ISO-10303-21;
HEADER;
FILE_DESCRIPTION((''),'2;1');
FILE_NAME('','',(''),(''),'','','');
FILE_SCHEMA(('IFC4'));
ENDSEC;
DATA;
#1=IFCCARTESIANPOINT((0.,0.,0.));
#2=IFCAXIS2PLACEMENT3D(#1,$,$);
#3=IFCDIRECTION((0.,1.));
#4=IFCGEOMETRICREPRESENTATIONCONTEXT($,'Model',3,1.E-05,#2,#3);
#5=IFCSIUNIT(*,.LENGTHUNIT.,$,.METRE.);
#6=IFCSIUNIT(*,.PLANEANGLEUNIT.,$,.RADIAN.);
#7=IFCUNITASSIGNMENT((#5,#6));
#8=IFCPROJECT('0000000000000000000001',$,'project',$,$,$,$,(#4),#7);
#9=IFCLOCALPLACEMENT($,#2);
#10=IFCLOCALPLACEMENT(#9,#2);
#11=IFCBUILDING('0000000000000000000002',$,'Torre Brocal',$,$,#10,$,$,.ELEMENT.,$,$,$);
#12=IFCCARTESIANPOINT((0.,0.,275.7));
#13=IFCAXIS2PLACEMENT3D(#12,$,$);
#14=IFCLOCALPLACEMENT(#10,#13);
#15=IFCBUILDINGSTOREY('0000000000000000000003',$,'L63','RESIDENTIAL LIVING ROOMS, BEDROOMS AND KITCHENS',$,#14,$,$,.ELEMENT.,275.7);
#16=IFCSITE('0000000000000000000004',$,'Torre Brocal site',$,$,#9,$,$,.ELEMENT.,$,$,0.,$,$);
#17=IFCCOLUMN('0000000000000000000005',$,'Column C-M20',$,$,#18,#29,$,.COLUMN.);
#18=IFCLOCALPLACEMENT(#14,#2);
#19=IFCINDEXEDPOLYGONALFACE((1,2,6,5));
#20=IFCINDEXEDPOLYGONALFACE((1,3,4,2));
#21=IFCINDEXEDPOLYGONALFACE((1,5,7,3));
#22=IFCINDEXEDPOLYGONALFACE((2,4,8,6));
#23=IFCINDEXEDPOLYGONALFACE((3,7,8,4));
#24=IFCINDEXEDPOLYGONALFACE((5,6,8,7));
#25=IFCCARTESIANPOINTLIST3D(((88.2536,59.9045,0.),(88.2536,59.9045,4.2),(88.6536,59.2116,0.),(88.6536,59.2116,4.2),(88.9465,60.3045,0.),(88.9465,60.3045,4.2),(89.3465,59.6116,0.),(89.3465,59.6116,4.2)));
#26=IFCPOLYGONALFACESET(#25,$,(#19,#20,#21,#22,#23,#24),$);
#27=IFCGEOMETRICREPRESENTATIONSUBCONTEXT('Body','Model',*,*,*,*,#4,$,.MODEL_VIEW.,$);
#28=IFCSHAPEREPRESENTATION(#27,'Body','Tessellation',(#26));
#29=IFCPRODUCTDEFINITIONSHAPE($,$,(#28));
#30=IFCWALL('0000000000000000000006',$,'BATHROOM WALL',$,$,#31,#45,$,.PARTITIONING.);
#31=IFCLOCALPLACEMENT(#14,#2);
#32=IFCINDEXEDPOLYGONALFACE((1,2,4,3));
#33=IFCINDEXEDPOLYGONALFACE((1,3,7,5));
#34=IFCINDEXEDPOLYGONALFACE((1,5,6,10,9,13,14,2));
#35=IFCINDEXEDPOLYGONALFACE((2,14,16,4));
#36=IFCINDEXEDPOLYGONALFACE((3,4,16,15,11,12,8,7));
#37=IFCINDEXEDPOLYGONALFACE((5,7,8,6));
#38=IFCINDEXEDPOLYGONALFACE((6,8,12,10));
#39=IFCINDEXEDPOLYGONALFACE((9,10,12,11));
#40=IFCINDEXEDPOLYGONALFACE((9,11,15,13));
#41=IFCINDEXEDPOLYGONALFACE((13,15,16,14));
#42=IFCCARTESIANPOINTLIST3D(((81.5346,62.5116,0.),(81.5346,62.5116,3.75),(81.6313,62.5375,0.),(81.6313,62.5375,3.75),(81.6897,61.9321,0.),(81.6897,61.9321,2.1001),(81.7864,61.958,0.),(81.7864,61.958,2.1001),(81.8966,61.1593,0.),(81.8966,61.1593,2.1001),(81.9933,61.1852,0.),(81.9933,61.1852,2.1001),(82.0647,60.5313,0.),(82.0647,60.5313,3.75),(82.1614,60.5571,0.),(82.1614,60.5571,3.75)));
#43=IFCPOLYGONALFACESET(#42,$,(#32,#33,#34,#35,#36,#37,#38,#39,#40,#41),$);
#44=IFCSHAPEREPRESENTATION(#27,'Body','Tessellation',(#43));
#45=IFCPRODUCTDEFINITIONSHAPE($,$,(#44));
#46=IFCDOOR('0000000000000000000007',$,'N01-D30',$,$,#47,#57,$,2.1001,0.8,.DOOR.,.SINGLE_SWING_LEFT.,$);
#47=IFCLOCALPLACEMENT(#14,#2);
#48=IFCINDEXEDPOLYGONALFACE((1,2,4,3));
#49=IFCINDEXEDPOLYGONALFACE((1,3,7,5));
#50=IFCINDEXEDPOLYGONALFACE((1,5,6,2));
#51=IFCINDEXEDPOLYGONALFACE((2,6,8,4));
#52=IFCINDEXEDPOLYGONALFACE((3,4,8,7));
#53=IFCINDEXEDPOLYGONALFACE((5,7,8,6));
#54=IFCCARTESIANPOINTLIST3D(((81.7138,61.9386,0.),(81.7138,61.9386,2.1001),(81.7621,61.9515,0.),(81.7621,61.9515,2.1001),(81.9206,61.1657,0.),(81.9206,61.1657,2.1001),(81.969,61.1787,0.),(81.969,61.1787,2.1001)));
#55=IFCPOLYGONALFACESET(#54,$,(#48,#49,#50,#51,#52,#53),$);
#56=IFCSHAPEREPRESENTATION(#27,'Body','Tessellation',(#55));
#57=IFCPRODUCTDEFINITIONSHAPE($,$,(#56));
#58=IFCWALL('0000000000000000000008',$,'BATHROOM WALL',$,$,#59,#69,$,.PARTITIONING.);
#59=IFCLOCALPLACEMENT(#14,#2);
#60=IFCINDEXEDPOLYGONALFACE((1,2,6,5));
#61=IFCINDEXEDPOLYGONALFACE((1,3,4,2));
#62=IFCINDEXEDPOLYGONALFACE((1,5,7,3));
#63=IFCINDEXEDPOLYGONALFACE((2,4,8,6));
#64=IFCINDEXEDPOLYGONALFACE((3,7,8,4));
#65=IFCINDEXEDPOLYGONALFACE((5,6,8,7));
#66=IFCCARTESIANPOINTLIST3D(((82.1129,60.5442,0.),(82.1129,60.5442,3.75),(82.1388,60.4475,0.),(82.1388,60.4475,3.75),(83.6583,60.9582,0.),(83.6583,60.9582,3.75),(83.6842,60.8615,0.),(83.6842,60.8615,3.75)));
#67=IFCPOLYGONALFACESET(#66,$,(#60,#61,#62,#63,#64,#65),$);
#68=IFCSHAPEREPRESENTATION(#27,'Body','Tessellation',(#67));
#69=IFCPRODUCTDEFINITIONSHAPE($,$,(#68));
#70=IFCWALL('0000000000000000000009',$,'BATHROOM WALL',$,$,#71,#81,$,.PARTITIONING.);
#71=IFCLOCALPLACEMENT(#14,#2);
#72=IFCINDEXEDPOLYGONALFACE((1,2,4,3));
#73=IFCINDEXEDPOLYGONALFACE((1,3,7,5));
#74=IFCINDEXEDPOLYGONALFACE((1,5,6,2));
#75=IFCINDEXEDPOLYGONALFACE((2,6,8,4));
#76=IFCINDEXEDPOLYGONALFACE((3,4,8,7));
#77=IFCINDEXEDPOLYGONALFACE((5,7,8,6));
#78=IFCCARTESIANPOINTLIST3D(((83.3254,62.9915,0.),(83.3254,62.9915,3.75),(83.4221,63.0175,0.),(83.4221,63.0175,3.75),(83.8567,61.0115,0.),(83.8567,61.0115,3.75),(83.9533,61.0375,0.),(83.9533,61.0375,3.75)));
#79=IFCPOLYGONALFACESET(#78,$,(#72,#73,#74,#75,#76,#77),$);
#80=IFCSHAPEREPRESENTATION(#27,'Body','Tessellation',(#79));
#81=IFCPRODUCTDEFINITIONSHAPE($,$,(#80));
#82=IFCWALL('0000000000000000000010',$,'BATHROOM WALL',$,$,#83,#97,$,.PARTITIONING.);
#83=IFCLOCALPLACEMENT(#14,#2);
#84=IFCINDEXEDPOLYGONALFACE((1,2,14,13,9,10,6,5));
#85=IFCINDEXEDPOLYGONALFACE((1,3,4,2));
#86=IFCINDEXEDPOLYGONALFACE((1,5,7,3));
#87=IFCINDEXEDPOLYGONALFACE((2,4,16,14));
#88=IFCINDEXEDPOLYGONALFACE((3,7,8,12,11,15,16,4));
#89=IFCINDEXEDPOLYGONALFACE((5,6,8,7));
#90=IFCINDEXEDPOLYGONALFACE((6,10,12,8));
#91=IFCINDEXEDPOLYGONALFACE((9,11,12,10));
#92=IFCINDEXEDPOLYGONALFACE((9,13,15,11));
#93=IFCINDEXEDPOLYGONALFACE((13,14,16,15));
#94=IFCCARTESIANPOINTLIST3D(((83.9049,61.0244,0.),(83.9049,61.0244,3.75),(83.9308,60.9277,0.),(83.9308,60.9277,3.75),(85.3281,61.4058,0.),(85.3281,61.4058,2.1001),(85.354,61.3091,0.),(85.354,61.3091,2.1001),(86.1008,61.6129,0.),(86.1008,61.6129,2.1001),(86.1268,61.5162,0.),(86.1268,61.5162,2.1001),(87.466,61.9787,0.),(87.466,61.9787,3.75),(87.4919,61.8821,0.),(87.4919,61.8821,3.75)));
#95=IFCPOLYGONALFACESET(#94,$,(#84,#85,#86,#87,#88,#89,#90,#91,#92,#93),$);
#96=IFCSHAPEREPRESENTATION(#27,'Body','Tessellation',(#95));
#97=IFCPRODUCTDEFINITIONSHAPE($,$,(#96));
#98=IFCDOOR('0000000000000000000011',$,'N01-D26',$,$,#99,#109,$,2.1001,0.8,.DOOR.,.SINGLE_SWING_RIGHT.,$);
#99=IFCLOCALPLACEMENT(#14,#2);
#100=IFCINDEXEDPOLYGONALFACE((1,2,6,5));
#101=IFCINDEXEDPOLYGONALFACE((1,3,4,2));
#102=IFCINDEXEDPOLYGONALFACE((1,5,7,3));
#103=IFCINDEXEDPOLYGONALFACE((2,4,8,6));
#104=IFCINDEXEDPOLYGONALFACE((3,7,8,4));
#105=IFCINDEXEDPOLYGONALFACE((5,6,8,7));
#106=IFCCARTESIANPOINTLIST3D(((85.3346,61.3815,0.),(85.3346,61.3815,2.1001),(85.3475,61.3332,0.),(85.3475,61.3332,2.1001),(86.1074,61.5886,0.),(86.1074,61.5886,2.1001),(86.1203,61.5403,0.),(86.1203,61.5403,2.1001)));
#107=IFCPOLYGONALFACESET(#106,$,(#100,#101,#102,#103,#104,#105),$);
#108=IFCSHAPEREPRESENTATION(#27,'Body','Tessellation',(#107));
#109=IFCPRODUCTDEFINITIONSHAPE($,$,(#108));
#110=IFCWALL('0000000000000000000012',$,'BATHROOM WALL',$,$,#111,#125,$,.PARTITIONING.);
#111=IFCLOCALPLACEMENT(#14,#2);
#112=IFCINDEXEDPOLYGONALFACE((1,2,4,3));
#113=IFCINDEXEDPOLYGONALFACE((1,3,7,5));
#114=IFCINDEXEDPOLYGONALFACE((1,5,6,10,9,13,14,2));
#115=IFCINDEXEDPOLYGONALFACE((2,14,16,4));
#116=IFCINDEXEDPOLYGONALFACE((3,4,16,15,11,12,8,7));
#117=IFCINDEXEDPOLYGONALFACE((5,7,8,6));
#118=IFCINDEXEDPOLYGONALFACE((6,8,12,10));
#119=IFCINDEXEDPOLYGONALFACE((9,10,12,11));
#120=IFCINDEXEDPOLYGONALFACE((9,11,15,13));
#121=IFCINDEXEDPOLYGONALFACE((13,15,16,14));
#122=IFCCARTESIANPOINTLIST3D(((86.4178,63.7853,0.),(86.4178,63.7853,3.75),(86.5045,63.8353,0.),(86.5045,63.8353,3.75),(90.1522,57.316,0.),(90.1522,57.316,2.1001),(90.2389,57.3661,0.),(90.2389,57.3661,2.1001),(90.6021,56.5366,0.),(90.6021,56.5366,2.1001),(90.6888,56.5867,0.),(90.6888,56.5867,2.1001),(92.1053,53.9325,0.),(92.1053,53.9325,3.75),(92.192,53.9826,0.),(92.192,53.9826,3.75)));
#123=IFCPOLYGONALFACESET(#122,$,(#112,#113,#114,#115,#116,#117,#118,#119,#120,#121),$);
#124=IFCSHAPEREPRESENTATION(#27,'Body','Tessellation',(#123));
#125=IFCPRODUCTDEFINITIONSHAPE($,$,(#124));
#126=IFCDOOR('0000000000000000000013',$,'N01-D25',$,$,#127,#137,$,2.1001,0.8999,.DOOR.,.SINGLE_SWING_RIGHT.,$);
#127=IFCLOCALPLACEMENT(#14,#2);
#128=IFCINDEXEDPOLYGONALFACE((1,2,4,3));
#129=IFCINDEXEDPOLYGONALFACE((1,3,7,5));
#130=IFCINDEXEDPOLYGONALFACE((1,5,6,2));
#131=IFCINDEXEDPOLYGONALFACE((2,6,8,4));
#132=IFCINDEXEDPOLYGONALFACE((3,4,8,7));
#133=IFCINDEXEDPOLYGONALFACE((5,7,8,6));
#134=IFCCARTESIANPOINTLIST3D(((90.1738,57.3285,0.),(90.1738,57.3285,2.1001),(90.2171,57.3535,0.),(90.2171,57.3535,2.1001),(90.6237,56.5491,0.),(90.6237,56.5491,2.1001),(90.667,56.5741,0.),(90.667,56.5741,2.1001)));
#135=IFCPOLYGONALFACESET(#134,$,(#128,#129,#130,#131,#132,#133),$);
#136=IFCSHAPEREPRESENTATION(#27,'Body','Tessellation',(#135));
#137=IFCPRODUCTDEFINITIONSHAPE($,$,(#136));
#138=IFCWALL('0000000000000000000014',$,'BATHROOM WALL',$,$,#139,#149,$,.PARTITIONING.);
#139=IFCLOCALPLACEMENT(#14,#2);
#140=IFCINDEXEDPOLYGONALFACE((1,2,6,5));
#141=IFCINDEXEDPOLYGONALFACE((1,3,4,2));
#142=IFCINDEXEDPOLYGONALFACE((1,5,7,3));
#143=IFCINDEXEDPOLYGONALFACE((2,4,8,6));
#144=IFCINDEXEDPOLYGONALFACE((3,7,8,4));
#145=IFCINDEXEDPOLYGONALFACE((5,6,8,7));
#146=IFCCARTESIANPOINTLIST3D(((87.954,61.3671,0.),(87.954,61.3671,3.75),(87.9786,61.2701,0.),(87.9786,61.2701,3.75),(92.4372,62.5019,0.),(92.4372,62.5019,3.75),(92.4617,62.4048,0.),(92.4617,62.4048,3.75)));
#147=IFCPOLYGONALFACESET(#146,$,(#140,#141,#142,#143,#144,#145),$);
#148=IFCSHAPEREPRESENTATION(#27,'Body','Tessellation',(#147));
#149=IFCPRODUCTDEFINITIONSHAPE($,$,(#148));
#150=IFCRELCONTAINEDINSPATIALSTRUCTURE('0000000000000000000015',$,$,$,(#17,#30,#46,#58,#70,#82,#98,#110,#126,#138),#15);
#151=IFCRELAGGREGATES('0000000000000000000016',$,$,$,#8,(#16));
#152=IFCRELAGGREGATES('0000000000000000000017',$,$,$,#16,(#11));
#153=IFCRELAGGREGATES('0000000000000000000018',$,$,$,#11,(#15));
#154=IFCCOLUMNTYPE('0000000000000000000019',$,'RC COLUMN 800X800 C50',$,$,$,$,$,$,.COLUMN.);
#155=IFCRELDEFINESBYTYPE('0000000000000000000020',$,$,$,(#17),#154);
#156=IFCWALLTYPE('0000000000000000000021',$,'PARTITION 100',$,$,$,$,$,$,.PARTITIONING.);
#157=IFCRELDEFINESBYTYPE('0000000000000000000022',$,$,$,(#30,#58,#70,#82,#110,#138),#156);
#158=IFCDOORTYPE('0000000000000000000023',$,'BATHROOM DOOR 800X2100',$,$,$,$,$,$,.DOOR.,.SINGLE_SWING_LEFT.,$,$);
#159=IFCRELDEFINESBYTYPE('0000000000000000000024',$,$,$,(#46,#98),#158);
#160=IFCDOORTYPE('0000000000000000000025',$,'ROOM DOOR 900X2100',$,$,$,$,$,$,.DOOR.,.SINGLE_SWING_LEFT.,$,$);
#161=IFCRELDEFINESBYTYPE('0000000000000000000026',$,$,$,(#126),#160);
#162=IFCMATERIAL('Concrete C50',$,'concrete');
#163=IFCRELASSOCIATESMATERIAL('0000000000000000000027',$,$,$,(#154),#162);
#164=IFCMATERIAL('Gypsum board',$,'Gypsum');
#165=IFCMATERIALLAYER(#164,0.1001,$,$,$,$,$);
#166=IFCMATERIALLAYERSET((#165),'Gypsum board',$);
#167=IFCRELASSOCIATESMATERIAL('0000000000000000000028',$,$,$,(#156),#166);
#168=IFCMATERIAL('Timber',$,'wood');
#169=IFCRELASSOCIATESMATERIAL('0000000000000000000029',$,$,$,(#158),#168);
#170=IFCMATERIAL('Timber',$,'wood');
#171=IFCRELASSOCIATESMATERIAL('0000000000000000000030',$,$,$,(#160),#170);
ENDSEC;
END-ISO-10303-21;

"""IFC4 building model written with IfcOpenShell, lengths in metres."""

from ifc_helpers import new_model, si_unit, direction, frame, frame_2d, origin, origin_2d, place, context, subcontext, project, spatial, rectangle, extrude, material, layer, layer_set, material_profile, profile_set, type_object, element, fill, save


model = new_model("IFC4")

# Units and contexts
model_context = context("Model", 3, precision=1e-05, world=origin(), true_north=direction((0.0, 1.0)))
body_context = subcontext(model_context, "Body", "Model", "MODEL_VIEW")
ifc_project = project(units=[si_unit("LENGTHUNIT", "METRE"), si_unit("PLANEANGLEUNIT", "RADIAN")], contexts=[model_context])

# Site, building, storey
site_placement = place(None, origin())
site = spatial("IfcSite", under=ifc_project, at=site_placement, Name="Torre Brocal site", CompositionType="ELEMENT", RefElevation=0.0)
building_placement = place(site_placement, origin())
building = spatial("IfcBuilding", under=site, at=building_placement, Name="Torre Brocal", CompositionType="ELEMENT")
storey_placement = place(building_placement, frame((0.0, 0.0, 275.7)))
storey = spatial("IfcBuildingStorey", under=building, at=storey_placement, Name="L63", Description="RESIDENTIAL LIVING ROOMS, BEDROOMS AND KITCHENS", CompositionType="ELEMENT", Elevation=275.7)

# Column
ifc_material_1 = material(Name="Concrete C50", Category="concrete")
ifc_material_profile = material_profile(ifc_material_1, rectangle(XDim=0.8, YDim=0.8, at=origin_2d()), Name="RC 800X800")
ifc_profile_set = profile_set([ifc_material_profile], Name="Concrete C50")
column_type = type_object("IfcColumnType", Name="RC COLUMN 800X800 C50", PredefinedType="COLUMN", material=ifc_profile_set)
column_placement = place(storey_placement, frame((88.8, 59.7581, 0.0), z_axis=(0.0, 0.0, 1.0), x_axis=(0.5, -0.866025, 0.0)))
element("IfcColumn", 1, at=column_placement, inside=storey, type_object=column_type, Name="Column C-M20", PredefinedType="COLUMN", context=body_context, shape_type="SweptSolid", body=[
    extrude(rectangle(XDim=0.8, YDim=0.8, at=origin_2d()), origin(), (0.0, 0.0, 1.0), 4.2),
])

# Wall, opening, door
ifc_material_2 = material(Name="Gypsum board", Category="Gypsum")
ifc_layer_1 = layer(ifc_material_2, 0.1001)
ifc_layer_set_1 = layer_set([ifc_layer_1], Name="Gypsum board")
wall_type_1 = type_object("IfcWallType", Name="PARTITION 100", PredefinedType="PARTITIONING", material=ifc_layer_set_1)
wall_1_placement = place(storey_placement, frame((81.583, 62.5244, 0.0), z_axis=(0.0, 0.0, 1.0), x_axis=(0.258559, -0.965995, 0.0)))
wall_1 = element("IfcWall", 2, at=wall_1_placement, inside=storey, type_object=wall_type_1, Name="BATHROOM WALL", PredefinedType="PARTITIONING", context=body_context, shape_type="SweptSolid", body=[
    extrude(rectangle(XDim=2.05, YDim=0.1001, at=frame_2d((1.0249, 0.0))), origin(), (0.0, 0.0, 1.0), 3.75),
])
opening_1_placement = place(wall_1_placement, frame((0.5999, 0.0, 0.0)))
opening_1 = element("IfcOpeningElement", 3, at=opening_1_placement, cuts=wall_1, PredefinedType="OPENING", context=body_context, shape_type="SweptSolid", body=[
    extrude(rectangle(XDim=0.8, YDim=2.1001, at=frame_2d((0.3999, 1.05))), frame((0.0, 0.0601, 0.0), z_axis=(0.0, -1.0, 0.0), x_axis=(1.0, 0.0, 0.0)), (0.0, 0.0, 1.0), 0.1201),
])
ifc_material_3 = material(Name="Timber", Category="wood")
door_type_1 = type_object("IfcDoorType", Name="BATHROOM DOOR 800X2100", OperationType="SINGLE_SWING_LEFT", PredefinedType="DOOR", material=ifc_material_3)
door_1_placement = place(opening_1_placement, origin())
door_1 = element("IfcDoor", 4, at=door_1_placement, inside=storey, type_object=door_type_1, Name="N01-D30", OperationType="SINGLE_SWING_LEFT", OverallHeight=2.1001, OverallWidth=0.8, PredefinedType="DOOR", context=body_context, shape_type="SweptSolid", body=[
    extrude(rectangle(XDim=0.8, YDim=2.1001, at=frame_2d((0.3999, 1.05))), frame((0.0, 0.0249, 0.0), z_axis=(0.0, -1.0, 0.0), x_axis=(1.0, 0.0, 0.0)), (0.0, 0.0, 1.0), 0.05),
])
fill(opening_1, door_1)

# Walls
wall_2_placement = place(storey_placement, frame((82.126, 60.4958, 0.0), z_axis=(0.0, 0.0, 1.0), x_axis=(0.96593, 0.258802, 0.0)))
element("IfcWall", 5, at=wall_2_placement, inside=storey, type_object=wall_type_1, Name="BATHROOM WALL", PredefinedType="PARTITIONING", context=body_context, shape_type="SweptSolid", body=[
    extrude(rectangle(XDim=1.5999, YDim=0.1001, at=frame_2d((0.7998, 0.0))), origin(), (0.0, 0.0, 1.0), 3.75),
])
wall_3_placement = place(storey_placement, frame((83.3738, 63.0044, 0.0), z_axis=(0.0, 0.0, 1.0), x_axis=(0.259145, -0.965838, 0.0)))
element("IfcWall", 6, at=wall_3_placement, inside=storey, type_object=wall_type_1, Name="BATHROOM WALL", PredefinedType="PARTITIONING", context=body_context, shape_type="SweptSolid", body=[
    extrude(rectangle(XDim=2.05, YDim=0.1001, at=frame_2d((1.0249, 0.0))), origin(), (0.0, 0.0, 1.0), 3.75),
])

# Walls, openings, doors
wall_4_placement = place(storey_placement, frame((83.918, 60.9761, 0.0), z_axis=(0.0, 0.0, 1.0), x_axis=(0.965914, 0.258862, 0.0)))
wall_4 = element("IfcWall", 7, at=wall_4_placement, inside=storey, type_object=wall_type_1, Name="BATHROOM WALL", PredefinedType="PARTITIONING", context=body_context, shape_type="SweptSolid", body=[
    extrude(rectangle(XDim=3.6868, YDim=0.1001, at=frame_2d((1.8433, 0.0))), origin(), (0.0, 0.0, 1.0), 3.75),
])
opening_2_placement = place(wall_4_placement, frame((1.4734, 0.0, 0.0)))
opening_2 = element("IfcOpeningElement", 8, at=opening_2_placement, cuts=wall_4, PredefinedType="OPENING", context=body_context, shape_type="SweptSolid", body=[
    extrude(rectangle(XDim=0.8, YDim=2.1001, at=frame_2d((0.3999, 1.05))), frame((0.0, 0.0601, 0.0), z_axis=(0.0, -1.0, 0.0), x_axis=(1.0, 0.0, 0.0)), (0.0, 0.0, 1.0), 0.1201),
])
door_2_placement = place(opening_2_placement, origin())
door_2 = element("IfcDoor", 9, at=door_2_placement, inside=storey, type_object=door_type_1, Name="N01-D26", OperationType="SINGLE_SWING_RIGHT", OverallHeight=2.1001, OverallWidth=0.8, PredefinedType="DOOR", context=body_context, shape_type="SweptSolid", body=[
    extrude(rectangle(XDim=0.8, YDim=2.1001, at=frame_2d((0.3999, 1.05))), frame((0.0, 0.0249, 0.0), z_axis=(0.0, -1.0, 0.0), x_axis=(1.0, 0.0, 0.0)), (0.0, 0.0, 1.0), 0.05),
])
fill(opening_2, door_2)
wall_5_placement = place(storey_placement, frame((86.4612, 63.8103, 0.0), z_axis=(0.0, 0.0, 1.0), x_axis=(0.499934, -0.866064, 0.0)))
wall_5 = element("IfcWall", 10, at=wall_5_placement, inside=storey, type_object=wall_type_1, Name="BATHROOM WALL", PredefinedType="PARTITIONING", context=body_context, shape_type="SweptSolid", body=[
    extrude(rectangle(XDim=11.3765, YDim=0.1001, at=frame_2d((5.6882, 0.0))), origin(), (0.0, 0.0, 1.0), 3.75),
])
opening_3_placement = place(wall_5_placement, frame((7.4697, 0.0, 0.0)))
opening_3 = element("IfcOpeningElement", 11, at=opening_3_placement, cuts=wall_5, PredefinedType="OPENING", context=body_context, shape_type="SweptSolid", body=[
    extrude(rectangle(XDim=0.8999, YDim=2.1001, at=frame_2d((0.45, 1.05))), frame((0.0, 0.0601, 0.0), z_axis=(0.0, -1.0, 0.0), x_axis=(1.0, 0.0, 0.0)), (0.0, 0.0, 1.0), 0.1201),
])
ifc_material_4 = material(Name="Timber", Category="wood")
door_type_2 = type_object("IfcDoorType", Name="ROOM DOOR 900X2100", OperationType="SINGLE_SWING_LEFT", PredefinedType="DOOR", material=ifc_material_4)
door_3_placement = place(opening_3_placement, origin())
door_3 = element("IfcDoor", 12, at=door_3_placement, inside=storey, type_object=door_type_2, Name="N01-D25", OperationType="SINGLE_SWING_RIGHT", OverallHeight=2.1001, OverallWidth=0.8999, PredefinedType="DOOR", context=body_context, shape_type="SweptSolid", body=[
    extrude(rectangle(XDim=0.8999, YDim=2.1001, at=frame_2d((0.45, 1.05))), frame((0.0, 0.0249, 0.0), z_axis=(0.0, -1.0, 0.0), x_axis=(1.0, 0.0, 0.0)), (0.0, 0.0, 1.0), 0.05),
])
fill(opening_3, door_3)

# Wall
wall_6_placement = place(storey_placement, frame((87.9663, 61.3186, 0.0), z_axis=(0.0, 0.0, 1.0), x_axis=(0.969427, 0.245379, 0.0)))
element("IfcWall", 13, at=wall_6_placement, inside=storey, type_object=wall_type_1, Name="BATHROOM WALL", PredefinedType="PARTITIONING", context=body_context, shape_type="SweptSolid", body=[
    extrude(rectangle(XDim=4.6245, YDim=0.1001, at=frame_2d((2.3123, 0.0))), origin(), (0.0, 0.0, 1.0), 3.75),
])

save(model, "model.ifc")
